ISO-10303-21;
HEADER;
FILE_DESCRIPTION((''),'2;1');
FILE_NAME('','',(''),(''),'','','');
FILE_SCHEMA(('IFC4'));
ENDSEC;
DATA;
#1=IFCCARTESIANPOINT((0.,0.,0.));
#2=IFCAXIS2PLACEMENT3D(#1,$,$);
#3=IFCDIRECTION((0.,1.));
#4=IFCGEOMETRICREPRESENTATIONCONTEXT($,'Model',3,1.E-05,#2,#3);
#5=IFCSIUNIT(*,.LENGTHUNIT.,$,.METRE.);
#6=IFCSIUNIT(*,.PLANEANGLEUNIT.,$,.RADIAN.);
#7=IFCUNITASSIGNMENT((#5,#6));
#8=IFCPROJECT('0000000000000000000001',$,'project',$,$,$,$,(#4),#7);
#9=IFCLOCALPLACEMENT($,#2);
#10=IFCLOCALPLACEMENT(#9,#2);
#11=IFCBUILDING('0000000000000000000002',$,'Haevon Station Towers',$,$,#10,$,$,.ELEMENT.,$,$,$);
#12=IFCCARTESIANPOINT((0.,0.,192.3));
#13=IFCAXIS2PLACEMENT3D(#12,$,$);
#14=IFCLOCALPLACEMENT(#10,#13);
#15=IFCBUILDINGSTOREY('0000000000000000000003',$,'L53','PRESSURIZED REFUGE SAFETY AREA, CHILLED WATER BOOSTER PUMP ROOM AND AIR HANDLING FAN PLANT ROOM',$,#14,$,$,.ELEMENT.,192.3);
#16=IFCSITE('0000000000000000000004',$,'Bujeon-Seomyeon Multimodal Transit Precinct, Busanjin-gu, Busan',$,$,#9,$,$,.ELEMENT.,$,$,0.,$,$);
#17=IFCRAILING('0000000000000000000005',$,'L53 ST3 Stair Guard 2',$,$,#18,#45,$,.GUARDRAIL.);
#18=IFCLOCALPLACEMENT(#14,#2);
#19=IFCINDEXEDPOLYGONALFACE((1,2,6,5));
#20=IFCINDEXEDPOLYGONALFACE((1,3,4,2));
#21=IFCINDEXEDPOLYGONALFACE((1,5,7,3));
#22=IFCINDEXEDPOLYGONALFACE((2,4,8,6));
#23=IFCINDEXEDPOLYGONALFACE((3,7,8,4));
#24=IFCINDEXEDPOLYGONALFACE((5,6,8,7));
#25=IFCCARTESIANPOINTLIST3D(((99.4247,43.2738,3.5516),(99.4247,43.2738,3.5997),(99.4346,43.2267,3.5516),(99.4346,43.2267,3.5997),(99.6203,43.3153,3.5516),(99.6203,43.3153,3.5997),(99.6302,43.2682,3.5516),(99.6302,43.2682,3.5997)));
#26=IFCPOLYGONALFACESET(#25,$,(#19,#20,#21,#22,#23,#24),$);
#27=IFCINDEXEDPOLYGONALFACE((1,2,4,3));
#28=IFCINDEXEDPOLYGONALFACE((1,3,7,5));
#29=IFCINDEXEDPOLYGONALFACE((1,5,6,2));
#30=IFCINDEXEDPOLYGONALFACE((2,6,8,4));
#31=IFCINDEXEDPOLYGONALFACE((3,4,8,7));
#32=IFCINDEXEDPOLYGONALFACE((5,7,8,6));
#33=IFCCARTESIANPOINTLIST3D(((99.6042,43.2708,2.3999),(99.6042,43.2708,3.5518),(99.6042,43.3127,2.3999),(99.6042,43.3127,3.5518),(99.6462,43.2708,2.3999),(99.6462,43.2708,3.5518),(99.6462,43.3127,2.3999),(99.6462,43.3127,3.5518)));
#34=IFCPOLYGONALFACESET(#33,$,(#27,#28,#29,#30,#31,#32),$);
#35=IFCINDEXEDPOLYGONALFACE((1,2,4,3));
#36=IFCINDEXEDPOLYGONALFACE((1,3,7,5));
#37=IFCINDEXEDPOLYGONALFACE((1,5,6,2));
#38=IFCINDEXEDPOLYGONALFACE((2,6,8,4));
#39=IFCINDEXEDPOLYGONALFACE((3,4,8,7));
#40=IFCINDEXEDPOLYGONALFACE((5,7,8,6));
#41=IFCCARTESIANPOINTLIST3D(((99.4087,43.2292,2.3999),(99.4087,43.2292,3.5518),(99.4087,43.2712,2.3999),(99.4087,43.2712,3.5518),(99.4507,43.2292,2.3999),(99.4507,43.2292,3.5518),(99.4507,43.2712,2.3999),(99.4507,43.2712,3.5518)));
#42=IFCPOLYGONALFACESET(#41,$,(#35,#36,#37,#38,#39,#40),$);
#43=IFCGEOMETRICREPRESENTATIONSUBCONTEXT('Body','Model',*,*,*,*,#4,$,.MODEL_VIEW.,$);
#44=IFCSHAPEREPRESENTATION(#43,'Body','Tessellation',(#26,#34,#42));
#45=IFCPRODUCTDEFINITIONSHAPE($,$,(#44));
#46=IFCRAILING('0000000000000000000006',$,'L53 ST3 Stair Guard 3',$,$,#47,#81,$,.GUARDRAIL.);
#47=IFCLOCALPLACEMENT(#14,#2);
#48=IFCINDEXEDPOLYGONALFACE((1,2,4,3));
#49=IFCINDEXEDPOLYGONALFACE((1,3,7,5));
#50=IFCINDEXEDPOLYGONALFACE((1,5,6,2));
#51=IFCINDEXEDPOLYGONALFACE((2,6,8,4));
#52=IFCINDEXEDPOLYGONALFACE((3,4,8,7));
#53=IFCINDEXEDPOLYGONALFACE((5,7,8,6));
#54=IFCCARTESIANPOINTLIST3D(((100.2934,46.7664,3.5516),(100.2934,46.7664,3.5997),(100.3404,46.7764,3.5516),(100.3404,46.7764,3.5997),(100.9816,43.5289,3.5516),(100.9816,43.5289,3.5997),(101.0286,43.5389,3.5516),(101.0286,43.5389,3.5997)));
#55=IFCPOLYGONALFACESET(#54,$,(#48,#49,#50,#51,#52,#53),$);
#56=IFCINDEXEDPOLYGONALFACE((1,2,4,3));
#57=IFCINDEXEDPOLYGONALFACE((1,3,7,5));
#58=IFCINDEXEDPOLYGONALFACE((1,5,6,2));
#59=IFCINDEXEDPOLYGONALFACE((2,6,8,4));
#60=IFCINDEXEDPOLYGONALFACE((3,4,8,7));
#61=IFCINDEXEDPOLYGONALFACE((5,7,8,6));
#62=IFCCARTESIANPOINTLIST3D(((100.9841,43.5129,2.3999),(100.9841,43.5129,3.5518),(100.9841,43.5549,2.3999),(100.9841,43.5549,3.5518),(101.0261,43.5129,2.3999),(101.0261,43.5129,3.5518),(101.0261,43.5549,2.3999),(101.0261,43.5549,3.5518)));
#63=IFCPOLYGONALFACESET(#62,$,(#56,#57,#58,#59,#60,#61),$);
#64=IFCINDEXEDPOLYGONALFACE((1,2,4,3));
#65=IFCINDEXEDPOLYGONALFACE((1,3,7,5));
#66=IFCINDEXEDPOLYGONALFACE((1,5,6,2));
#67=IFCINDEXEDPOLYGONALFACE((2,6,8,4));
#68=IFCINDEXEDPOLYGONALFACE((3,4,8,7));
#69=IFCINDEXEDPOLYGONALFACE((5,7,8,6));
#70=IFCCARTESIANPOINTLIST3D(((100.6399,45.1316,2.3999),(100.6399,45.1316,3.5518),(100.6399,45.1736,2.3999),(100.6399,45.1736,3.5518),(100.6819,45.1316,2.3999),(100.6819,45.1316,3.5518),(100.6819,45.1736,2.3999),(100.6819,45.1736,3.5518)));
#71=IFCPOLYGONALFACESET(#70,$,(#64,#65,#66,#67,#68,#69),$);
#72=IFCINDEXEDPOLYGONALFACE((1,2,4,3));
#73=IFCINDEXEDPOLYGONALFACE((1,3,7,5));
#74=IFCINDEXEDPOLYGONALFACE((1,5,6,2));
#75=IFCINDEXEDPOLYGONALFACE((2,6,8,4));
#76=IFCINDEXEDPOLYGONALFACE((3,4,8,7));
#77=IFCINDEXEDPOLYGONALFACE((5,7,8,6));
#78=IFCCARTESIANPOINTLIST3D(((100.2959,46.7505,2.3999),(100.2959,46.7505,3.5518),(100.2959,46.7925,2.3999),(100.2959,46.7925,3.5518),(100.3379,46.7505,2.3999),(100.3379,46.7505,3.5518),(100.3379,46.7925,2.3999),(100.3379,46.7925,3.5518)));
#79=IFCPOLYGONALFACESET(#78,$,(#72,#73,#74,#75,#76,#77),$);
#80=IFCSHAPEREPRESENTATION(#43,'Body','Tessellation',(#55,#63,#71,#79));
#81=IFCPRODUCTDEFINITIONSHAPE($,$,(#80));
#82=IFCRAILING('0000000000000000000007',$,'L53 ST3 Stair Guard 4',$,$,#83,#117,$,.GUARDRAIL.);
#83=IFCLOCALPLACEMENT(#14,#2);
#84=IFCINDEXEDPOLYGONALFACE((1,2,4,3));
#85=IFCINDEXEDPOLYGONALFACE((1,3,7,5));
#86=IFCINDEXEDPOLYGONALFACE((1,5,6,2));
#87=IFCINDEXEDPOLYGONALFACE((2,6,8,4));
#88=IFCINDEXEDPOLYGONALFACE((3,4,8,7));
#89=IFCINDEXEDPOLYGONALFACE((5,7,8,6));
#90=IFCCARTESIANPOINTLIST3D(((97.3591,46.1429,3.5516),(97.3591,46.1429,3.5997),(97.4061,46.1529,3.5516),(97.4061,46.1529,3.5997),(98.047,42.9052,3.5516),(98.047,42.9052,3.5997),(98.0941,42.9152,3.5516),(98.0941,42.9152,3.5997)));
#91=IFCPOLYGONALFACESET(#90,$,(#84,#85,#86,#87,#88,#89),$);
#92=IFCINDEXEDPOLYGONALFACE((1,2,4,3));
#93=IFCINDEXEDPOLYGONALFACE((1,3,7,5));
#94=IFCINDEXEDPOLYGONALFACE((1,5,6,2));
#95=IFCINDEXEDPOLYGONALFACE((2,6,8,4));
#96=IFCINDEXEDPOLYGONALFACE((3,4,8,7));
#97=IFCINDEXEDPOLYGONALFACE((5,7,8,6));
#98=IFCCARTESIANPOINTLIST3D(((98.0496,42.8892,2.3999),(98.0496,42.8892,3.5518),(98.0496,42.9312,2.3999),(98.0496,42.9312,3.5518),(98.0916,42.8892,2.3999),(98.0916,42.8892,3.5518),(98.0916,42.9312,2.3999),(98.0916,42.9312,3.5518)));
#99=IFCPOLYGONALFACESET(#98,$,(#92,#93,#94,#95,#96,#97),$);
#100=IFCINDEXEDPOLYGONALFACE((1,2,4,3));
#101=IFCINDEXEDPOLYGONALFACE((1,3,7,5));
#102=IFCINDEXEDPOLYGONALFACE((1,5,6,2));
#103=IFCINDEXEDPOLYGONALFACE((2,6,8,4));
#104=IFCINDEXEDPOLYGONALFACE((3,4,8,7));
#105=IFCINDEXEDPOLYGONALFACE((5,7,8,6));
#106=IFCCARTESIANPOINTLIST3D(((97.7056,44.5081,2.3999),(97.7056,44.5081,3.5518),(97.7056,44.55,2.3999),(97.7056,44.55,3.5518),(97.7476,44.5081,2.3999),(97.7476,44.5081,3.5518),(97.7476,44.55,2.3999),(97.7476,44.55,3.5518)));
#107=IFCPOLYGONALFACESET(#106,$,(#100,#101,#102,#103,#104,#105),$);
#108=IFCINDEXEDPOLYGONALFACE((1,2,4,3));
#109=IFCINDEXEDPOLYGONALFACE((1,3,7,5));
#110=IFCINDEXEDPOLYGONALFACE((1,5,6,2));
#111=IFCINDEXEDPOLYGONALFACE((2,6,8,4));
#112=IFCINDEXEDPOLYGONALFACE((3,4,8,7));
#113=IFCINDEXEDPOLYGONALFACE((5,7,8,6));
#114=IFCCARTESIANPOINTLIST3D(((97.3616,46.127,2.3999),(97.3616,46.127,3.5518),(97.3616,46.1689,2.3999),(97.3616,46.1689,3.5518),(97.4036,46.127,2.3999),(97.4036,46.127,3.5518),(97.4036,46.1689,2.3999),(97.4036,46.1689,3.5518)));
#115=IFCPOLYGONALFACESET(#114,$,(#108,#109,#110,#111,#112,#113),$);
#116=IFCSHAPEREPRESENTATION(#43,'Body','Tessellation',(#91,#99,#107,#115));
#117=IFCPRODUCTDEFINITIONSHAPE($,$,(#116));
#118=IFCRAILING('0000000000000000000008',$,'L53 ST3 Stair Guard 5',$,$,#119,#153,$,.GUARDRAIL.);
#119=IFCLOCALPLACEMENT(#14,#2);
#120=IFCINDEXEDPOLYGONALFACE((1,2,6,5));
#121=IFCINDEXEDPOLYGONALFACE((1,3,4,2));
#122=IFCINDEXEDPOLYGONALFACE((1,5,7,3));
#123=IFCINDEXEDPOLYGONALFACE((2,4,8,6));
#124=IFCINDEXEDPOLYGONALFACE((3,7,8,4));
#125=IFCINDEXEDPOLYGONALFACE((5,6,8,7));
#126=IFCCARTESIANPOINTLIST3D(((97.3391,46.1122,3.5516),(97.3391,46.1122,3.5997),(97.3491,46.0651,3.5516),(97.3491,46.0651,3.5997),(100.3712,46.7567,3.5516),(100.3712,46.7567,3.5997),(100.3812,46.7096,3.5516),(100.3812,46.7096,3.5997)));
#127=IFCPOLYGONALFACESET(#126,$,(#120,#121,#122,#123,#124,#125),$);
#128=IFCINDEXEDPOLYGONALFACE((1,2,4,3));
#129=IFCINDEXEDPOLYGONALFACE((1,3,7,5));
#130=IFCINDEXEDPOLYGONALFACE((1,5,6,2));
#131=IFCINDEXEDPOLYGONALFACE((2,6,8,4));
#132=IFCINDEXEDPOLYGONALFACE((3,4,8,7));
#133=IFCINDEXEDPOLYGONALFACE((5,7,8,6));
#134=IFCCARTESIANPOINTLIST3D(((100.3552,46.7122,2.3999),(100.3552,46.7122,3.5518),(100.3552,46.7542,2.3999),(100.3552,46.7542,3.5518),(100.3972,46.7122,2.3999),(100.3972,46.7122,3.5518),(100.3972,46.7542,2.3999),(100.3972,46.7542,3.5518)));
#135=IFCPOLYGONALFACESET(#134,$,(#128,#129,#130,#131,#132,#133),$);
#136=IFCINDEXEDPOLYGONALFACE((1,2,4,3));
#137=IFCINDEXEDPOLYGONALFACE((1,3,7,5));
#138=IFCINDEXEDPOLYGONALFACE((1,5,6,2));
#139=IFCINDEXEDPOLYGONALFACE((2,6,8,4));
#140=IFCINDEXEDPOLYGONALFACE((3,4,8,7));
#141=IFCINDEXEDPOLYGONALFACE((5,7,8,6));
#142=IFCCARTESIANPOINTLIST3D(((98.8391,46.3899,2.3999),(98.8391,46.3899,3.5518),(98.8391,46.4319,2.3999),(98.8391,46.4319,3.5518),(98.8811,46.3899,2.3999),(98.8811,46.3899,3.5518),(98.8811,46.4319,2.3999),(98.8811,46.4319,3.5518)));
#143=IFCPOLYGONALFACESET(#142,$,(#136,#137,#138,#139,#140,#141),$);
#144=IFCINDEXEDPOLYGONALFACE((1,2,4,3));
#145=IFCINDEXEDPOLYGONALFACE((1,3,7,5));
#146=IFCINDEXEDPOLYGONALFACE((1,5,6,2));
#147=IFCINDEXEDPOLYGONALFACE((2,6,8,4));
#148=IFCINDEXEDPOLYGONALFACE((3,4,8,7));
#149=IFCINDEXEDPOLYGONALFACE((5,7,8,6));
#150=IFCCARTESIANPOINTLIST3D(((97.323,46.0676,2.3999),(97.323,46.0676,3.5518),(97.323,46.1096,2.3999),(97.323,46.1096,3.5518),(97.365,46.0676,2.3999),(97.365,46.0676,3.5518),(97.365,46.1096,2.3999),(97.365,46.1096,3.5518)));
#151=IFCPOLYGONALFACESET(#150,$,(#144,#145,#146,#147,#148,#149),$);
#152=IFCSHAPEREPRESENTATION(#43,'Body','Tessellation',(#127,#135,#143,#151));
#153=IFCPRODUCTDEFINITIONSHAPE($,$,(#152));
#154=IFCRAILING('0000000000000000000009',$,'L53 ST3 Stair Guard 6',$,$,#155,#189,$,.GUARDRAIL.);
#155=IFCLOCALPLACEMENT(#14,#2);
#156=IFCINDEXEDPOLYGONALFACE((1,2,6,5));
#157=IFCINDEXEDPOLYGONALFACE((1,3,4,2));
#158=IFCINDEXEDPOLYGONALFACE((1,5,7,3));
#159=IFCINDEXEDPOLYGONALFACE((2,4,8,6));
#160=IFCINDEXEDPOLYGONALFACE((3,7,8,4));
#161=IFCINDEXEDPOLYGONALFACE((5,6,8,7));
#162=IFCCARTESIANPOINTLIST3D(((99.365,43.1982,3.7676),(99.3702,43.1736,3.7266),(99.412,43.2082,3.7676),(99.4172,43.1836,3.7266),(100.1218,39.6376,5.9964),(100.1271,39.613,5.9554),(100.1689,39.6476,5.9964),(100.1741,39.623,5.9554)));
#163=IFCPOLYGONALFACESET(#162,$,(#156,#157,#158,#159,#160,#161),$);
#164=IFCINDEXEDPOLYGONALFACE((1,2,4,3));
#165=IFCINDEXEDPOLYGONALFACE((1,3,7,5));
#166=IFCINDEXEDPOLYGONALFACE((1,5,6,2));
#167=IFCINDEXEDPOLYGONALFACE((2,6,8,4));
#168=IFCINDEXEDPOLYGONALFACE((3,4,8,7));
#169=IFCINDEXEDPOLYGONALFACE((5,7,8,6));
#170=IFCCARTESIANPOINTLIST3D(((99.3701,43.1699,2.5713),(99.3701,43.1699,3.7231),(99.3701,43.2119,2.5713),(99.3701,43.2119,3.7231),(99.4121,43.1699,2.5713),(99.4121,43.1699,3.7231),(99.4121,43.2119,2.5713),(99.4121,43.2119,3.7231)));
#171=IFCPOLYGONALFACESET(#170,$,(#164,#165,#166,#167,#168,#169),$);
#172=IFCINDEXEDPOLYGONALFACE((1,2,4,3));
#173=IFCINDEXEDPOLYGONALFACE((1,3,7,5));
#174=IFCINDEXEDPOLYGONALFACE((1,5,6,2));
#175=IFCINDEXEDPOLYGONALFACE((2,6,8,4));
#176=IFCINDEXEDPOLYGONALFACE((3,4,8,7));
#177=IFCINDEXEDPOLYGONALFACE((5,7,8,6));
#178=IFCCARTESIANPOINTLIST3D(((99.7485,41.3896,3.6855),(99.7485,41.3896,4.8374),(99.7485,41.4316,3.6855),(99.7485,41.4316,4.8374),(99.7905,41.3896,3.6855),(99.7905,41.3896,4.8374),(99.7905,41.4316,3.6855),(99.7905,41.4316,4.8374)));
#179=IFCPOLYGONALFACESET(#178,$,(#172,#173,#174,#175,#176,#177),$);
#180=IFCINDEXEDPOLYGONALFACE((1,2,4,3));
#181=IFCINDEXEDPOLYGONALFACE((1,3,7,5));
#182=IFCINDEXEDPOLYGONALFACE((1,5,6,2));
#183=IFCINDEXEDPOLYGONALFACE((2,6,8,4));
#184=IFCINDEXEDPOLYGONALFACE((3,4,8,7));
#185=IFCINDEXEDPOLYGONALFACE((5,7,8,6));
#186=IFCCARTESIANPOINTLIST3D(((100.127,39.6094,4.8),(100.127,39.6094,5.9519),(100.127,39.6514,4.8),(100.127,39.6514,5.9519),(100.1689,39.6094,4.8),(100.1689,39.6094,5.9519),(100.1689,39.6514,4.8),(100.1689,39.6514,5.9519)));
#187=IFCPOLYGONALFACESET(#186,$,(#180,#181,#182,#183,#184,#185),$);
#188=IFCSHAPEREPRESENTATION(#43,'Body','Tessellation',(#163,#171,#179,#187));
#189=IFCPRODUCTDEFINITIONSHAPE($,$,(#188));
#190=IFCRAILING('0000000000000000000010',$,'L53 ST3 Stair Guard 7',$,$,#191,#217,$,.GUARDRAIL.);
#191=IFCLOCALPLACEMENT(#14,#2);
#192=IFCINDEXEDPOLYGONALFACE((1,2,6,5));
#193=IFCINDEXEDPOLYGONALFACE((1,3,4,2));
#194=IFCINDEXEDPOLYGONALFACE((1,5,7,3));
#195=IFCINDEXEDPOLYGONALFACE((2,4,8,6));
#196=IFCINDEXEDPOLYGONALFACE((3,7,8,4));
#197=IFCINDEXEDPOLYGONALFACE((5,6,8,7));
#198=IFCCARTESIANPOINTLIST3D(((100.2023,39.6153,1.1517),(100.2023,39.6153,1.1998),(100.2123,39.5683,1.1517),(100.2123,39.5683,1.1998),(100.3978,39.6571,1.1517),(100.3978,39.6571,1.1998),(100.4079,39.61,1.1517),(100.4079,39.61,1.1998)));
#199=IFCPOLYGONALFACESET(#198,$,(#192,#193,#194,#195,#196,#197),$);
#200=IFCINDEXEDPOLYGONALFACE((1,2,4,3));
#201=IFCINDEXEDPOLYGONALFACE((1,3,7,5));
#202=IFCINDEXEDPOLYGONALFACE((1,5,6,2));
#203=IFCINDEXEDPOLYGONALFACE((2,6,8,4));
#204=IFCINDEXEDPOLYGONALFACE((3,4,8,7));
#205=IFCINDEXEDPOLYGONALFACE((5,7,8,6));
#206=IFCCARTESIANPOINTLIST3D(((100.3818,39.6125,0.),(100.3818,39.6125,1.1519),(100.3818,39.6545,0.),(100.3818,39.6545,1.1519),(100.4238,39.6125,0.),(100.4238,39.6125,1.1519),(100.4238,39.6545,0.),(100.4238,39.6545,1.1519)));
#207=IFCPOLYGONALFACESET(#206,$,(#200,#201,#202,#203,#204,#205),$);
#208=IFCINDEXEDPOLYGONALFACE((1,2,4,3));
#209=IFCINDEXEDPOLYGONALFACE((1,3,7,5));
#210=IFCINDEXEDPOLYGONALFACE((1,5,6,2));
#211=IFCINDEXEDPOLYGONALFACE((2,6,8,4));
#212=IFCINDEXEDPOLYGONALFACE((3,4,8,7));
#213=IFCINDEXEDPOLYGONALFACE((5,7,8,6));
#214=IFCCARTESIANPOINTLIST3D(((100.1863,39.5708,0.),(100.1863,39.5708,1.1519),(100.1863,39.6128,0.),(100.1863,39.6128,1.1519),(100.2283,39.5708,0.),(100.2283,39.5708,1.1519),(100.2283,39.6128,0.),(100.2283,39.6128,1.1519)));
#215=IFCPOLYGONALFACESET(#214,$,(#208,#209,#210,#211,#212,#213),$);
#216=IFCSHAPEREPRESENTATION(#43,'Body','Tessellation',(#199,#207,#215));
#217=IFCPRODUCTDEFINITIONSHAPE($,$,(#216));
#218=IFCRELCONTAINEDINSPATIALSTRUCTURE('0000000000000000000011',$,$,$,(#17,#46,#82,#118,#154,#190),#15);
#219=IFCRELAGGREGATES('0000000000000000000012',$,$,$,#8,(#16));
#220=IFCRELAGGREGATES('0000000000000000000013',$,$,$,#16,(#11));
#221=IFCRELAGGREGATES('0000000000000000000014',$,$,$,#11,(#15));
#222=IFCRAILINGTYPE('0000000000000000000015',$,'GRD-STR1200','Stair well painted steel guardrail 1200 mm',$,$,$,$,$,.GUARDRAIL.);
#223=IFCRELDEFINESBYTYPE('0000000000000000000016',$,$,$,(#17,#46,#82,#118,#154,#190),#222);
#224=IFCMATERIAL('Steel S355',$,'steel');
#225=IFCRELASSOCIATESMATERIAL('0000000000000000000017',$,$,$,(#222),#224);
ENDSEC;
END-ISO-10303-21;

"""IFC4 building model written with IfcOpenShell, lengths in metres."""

from ifc_helpers import new_model, si_unit, direction, frame, origin, origin_2d, place, context, subcontext, project, spatial, rectangle, extrude, material, type_object, element, save


model = new_model("IFC4")

# Units and contexts
model_context = context("Model", 3, precision=1e-05, world=origin(), true_north=direction((0.0, 1.0)))
body_context = subcontext(model_context, "Body", "Model", "MODEL_VIEW")
ifc_project = project(units=[si_unit("LENGTHUNIT", "METRE"), si_unit("PLANEANGLEUNIT", "RADIAN")], contexts=[model_context])

# Site, building, storey
site_placement = place(None, origin())
site = spatial("IfcSite", under=ifc_project, at=site_placement, Name="Bujeon-Seomyeon Multimodal Transit Precinct, Busanjin-gu, Busan", CompositionType="ELEMENT", RefElevation=0.0)
building_placement = place(site_placement, origin())
building = spatial("IfcBuilding", under=site, at=building_placement, Name="Haevon Station Towers", CompositionType="ELEMENT")
storey_placement = place(building_placement, frame((0.0, 0.0, 192.3)))
storey = spatial("IfcBuildingStorey", under=building, at=storey_placement, Name="L53", Description="PRESSURIZED REFUGE SAFETY AREA, CHILLED WATER BOOSTER PUMP ROOM AND AIR HANDLING FAN PLANT ROOM", CompositionType="ELEMENT", Elevation=192.3)

# Shared definitions
ifc_material_1 = material(Name="Steel S355", Category="steel")

# Railings
railing_type_1 = type_object("IfcRailingType", Name="GRD-STR1200", Description="Stair well painted steel guardrail 1200 mm", PredefinedType="GUARDRAIL", material=ifc_material_1)
railing_1_placement = place(storey_placement, frame((99.6252, 43.2917, 2.3999)))
element("IfcRailing", 1, at=railing_1_placement, inside=storey, type_object=railing_type_1, Name="L53 ST3 Stair Guard 2", PredefinedType="GUARDRAIL", context=body_context, shape_type="SweptSolid", body=[
    extrude(rectangle(XDim=0.0481, YDim=0.0481, at=origin_2d()), frame((0.0, 0.0, 1.1758), z_axis=(-0.978212, -0.20761, 0.0), x_axis=(0.20761, -0.978212, 0.0)), (0.0, 0.0, 1.0), 0.2),
    extrude(rectangle(XDim=0.042, YDim=0.042, at=origin_2d()), origin(), (0.0, 0.0, 1.0), 1.1519),
    extrude(rectangle(XDim=0.042, YDim=0.042, at=origin_2d()), frame((-0.1956, -0.0415, 0.0)), (0.0, 0.0, 1.0), 1.1519),
])
railing_2_placement = place(storey_placement, frame((101.0051, 43.5339, 2.3999)))
element("IfcRailing", 2, at=railing_2_placement, inside=storey, type_object=railing_type_1, Name="L53 ST3 Stair Guard 3", PredefinedType="GUARDRAIL", context=body_context, shape_type="SweptSolid", body=[
    extrude(rectangle(XDim=0.0481, YDim=0.0481, at=origin_2d()), frame((0.0, 0.0, 1.1758), z_axis=(-0.207932, 0.978143, 0.0), x_axis=(-0.978143, -0.207932, 0.0)), (0.0, 0.0, 1.0), 3.3098),
    extrude(rectangle(XDim=0.042, YDim=0.042, at=origin_2d()), origin(), (0.0, 0.0, 1.0), 1.1519),
    extrude(rectangle(XDim=0.042, YDim=0.042, at=origin_2d()), frame((-0.3442, 1.6187, 0.0)), (0.0, 0.0, 1.0), 1.1519),
    extrude(rectangle(XDim=0.042, YDim=0.042, at=origin_2d()), frame((-0.6882, 3.2375, 0.0)), (0.0, 0.0, 1.0), 1.1519),
])
railing_3_placement = place(storey_placement, frame((98.0706, 42.9102, 2.3999)))
element("IfcRailing", 3, at=railing_3_placement, inside=storey, type_object=railing_type_1, Name="L53 ST3 Stair Guard 4", PredefinedType="GUARDRAIL", context=body_context, shape_type="SweptSolid", body=[
    extrude(rectangle(XDim=0.0481, YDim=0.0481, at=origin_2d()), frame((0.0, 0.0, 1.1758), z_axis=(-0.207846, 0.978161, 0.0), x_axis=(-0.978161, -0.207846, 0.0)), (0.0, 0.0, 1.0), 3.3101),
    extrude(rectangle(XDim=0.042, YDim=0.042, at=origin_2d()), origin(), (0.0, 0.0, 1.0), 1.1519),
    extrude(rectangle(XDim=0.042, YDim=0.042, at=origin_2d()), frame((-0.344, 1.6189, 0.0)), (0.0, 0.0, 1.0), 1.1519),
    extrude(rectangle(XDim=0.042, YDim=0.042, at=origin_2d()), frame((-0.688, 3.2378, 0.0)), (0.0, 0.0, 1.0), 1.1519),
])
railing_4_placement = place(storey_placement, frame((100.3762, 46.7332, 2.3999)))
element("IfcRailing", 4, at=railing_4_placement, inside=storey, type_object=railing_type_1, Name="L53 ST3 Stair Guard 5", PredefinedType="GUARDRAIL", context=body_context, shape_type="SweptSolid", body=[
    extrude(rectangle(XDim=0.0481, YDim=0.0481, at=origin_2d()), frame((0.0, 0.0, 1.1758), z_axis=(-0.978147, -0.207915, 0.0), x_axis=(0.207915, -0.978147, 0.0)), (0.0, 0.0, 1.0), 3.0999),
    extrude(rectangle(XDim=0.042, YDim=0.042, at=origin_2d()), origin(), (0.0, 0.0, 1.0), 1.1519),
    extrude(rectangle(XDim=0.042, YDim=0.042, at=origin_2d()), frame((-1.5161, -0.3223, 0.0)), (0.0, 0.0, 1.0), 1.1519),
    extrude(rectangle(XDim=0.042, YDim=0.042, at=origin_2d()), frame((-3.0322, -0.6445, 0.0)), (0.0, 0.0, 1.0), 1.1519),
])
railing_5_placement = place(storey_placement, frame((99.3911, 43.1909, 2.5713)))
element("IfcRailing", 5, at=railing_5_placement, inside=storey, type_object=railing_type_1, Name="L53 ST3 Stair Guard 6", PredefinedType="GUARDRAIL", context=body_context, shape_type="SweptSolid", body=[
    extrude(rectangle(XDim=0.0481, YDim=0.0481, at=origin_2d()), frame((0.0, 0.0, 1.1758), z_axis=(0.177319, -0.8342, 0.522176), x_axis=(0.978147, 0.207917, 0.0)), (0.0, 0.0, 1.0), 4.2683),
    extrude(rectangle(XDim=0.042, YDim=0.042, at=origin_2d()), origin(), (0.0, 0.0, 1.0), 1.1519),
    extrude(rectangle(XDim=0.042, YDim=0.042, at=origin_2d()), frame((0.3784, -1.7803, 1.1143)), (0.0, 0.0, 1.0), 1.1519),
    extrude(rectangle(XDim=0.042, YDim=0.042, at=origin_2d()), frame((0.7568, -3.5605, 2.2288)), (0.0, 0.0, 1.0), 1.1519),
])
railing_6_placement = place(storey_placement, frame((100.4028, 39.6335, 0.0)))
element("IfcRailing", 6, at=railing_6_placement, inside=storey, type_object=railing_type_1, Name="L53 ST3 Stair Guard 7", PredefinedType="GUARDRAIL", context=body_context, shape_type="SweptSolid", body=[
    extrude(rectangle(XDim=0.0481, YDim=0.0481, at=origin_2d()), frame((0.0, 0.0, 1.1758), z_axis=(-0.977963, -0.208779, 0.0), x_axis=(0.208779, -0.977963, 0.0)), (0.0, 0.0, 1.0), 0.2),
    extrude(rectangle(XDim=0.042, YDim=0.042, at=origin_2d()), origin(), (0.0, 0.0, 1.0), 1.1519),
    extrude(rectangle(XDim=0.042, YDim=0.042, at=origin_2d()), frame((-0.1956, -0.0417, 0.0)), (0.0, 0.0, 1.0), 1.1519),
])

save(model, "model.ifc")
